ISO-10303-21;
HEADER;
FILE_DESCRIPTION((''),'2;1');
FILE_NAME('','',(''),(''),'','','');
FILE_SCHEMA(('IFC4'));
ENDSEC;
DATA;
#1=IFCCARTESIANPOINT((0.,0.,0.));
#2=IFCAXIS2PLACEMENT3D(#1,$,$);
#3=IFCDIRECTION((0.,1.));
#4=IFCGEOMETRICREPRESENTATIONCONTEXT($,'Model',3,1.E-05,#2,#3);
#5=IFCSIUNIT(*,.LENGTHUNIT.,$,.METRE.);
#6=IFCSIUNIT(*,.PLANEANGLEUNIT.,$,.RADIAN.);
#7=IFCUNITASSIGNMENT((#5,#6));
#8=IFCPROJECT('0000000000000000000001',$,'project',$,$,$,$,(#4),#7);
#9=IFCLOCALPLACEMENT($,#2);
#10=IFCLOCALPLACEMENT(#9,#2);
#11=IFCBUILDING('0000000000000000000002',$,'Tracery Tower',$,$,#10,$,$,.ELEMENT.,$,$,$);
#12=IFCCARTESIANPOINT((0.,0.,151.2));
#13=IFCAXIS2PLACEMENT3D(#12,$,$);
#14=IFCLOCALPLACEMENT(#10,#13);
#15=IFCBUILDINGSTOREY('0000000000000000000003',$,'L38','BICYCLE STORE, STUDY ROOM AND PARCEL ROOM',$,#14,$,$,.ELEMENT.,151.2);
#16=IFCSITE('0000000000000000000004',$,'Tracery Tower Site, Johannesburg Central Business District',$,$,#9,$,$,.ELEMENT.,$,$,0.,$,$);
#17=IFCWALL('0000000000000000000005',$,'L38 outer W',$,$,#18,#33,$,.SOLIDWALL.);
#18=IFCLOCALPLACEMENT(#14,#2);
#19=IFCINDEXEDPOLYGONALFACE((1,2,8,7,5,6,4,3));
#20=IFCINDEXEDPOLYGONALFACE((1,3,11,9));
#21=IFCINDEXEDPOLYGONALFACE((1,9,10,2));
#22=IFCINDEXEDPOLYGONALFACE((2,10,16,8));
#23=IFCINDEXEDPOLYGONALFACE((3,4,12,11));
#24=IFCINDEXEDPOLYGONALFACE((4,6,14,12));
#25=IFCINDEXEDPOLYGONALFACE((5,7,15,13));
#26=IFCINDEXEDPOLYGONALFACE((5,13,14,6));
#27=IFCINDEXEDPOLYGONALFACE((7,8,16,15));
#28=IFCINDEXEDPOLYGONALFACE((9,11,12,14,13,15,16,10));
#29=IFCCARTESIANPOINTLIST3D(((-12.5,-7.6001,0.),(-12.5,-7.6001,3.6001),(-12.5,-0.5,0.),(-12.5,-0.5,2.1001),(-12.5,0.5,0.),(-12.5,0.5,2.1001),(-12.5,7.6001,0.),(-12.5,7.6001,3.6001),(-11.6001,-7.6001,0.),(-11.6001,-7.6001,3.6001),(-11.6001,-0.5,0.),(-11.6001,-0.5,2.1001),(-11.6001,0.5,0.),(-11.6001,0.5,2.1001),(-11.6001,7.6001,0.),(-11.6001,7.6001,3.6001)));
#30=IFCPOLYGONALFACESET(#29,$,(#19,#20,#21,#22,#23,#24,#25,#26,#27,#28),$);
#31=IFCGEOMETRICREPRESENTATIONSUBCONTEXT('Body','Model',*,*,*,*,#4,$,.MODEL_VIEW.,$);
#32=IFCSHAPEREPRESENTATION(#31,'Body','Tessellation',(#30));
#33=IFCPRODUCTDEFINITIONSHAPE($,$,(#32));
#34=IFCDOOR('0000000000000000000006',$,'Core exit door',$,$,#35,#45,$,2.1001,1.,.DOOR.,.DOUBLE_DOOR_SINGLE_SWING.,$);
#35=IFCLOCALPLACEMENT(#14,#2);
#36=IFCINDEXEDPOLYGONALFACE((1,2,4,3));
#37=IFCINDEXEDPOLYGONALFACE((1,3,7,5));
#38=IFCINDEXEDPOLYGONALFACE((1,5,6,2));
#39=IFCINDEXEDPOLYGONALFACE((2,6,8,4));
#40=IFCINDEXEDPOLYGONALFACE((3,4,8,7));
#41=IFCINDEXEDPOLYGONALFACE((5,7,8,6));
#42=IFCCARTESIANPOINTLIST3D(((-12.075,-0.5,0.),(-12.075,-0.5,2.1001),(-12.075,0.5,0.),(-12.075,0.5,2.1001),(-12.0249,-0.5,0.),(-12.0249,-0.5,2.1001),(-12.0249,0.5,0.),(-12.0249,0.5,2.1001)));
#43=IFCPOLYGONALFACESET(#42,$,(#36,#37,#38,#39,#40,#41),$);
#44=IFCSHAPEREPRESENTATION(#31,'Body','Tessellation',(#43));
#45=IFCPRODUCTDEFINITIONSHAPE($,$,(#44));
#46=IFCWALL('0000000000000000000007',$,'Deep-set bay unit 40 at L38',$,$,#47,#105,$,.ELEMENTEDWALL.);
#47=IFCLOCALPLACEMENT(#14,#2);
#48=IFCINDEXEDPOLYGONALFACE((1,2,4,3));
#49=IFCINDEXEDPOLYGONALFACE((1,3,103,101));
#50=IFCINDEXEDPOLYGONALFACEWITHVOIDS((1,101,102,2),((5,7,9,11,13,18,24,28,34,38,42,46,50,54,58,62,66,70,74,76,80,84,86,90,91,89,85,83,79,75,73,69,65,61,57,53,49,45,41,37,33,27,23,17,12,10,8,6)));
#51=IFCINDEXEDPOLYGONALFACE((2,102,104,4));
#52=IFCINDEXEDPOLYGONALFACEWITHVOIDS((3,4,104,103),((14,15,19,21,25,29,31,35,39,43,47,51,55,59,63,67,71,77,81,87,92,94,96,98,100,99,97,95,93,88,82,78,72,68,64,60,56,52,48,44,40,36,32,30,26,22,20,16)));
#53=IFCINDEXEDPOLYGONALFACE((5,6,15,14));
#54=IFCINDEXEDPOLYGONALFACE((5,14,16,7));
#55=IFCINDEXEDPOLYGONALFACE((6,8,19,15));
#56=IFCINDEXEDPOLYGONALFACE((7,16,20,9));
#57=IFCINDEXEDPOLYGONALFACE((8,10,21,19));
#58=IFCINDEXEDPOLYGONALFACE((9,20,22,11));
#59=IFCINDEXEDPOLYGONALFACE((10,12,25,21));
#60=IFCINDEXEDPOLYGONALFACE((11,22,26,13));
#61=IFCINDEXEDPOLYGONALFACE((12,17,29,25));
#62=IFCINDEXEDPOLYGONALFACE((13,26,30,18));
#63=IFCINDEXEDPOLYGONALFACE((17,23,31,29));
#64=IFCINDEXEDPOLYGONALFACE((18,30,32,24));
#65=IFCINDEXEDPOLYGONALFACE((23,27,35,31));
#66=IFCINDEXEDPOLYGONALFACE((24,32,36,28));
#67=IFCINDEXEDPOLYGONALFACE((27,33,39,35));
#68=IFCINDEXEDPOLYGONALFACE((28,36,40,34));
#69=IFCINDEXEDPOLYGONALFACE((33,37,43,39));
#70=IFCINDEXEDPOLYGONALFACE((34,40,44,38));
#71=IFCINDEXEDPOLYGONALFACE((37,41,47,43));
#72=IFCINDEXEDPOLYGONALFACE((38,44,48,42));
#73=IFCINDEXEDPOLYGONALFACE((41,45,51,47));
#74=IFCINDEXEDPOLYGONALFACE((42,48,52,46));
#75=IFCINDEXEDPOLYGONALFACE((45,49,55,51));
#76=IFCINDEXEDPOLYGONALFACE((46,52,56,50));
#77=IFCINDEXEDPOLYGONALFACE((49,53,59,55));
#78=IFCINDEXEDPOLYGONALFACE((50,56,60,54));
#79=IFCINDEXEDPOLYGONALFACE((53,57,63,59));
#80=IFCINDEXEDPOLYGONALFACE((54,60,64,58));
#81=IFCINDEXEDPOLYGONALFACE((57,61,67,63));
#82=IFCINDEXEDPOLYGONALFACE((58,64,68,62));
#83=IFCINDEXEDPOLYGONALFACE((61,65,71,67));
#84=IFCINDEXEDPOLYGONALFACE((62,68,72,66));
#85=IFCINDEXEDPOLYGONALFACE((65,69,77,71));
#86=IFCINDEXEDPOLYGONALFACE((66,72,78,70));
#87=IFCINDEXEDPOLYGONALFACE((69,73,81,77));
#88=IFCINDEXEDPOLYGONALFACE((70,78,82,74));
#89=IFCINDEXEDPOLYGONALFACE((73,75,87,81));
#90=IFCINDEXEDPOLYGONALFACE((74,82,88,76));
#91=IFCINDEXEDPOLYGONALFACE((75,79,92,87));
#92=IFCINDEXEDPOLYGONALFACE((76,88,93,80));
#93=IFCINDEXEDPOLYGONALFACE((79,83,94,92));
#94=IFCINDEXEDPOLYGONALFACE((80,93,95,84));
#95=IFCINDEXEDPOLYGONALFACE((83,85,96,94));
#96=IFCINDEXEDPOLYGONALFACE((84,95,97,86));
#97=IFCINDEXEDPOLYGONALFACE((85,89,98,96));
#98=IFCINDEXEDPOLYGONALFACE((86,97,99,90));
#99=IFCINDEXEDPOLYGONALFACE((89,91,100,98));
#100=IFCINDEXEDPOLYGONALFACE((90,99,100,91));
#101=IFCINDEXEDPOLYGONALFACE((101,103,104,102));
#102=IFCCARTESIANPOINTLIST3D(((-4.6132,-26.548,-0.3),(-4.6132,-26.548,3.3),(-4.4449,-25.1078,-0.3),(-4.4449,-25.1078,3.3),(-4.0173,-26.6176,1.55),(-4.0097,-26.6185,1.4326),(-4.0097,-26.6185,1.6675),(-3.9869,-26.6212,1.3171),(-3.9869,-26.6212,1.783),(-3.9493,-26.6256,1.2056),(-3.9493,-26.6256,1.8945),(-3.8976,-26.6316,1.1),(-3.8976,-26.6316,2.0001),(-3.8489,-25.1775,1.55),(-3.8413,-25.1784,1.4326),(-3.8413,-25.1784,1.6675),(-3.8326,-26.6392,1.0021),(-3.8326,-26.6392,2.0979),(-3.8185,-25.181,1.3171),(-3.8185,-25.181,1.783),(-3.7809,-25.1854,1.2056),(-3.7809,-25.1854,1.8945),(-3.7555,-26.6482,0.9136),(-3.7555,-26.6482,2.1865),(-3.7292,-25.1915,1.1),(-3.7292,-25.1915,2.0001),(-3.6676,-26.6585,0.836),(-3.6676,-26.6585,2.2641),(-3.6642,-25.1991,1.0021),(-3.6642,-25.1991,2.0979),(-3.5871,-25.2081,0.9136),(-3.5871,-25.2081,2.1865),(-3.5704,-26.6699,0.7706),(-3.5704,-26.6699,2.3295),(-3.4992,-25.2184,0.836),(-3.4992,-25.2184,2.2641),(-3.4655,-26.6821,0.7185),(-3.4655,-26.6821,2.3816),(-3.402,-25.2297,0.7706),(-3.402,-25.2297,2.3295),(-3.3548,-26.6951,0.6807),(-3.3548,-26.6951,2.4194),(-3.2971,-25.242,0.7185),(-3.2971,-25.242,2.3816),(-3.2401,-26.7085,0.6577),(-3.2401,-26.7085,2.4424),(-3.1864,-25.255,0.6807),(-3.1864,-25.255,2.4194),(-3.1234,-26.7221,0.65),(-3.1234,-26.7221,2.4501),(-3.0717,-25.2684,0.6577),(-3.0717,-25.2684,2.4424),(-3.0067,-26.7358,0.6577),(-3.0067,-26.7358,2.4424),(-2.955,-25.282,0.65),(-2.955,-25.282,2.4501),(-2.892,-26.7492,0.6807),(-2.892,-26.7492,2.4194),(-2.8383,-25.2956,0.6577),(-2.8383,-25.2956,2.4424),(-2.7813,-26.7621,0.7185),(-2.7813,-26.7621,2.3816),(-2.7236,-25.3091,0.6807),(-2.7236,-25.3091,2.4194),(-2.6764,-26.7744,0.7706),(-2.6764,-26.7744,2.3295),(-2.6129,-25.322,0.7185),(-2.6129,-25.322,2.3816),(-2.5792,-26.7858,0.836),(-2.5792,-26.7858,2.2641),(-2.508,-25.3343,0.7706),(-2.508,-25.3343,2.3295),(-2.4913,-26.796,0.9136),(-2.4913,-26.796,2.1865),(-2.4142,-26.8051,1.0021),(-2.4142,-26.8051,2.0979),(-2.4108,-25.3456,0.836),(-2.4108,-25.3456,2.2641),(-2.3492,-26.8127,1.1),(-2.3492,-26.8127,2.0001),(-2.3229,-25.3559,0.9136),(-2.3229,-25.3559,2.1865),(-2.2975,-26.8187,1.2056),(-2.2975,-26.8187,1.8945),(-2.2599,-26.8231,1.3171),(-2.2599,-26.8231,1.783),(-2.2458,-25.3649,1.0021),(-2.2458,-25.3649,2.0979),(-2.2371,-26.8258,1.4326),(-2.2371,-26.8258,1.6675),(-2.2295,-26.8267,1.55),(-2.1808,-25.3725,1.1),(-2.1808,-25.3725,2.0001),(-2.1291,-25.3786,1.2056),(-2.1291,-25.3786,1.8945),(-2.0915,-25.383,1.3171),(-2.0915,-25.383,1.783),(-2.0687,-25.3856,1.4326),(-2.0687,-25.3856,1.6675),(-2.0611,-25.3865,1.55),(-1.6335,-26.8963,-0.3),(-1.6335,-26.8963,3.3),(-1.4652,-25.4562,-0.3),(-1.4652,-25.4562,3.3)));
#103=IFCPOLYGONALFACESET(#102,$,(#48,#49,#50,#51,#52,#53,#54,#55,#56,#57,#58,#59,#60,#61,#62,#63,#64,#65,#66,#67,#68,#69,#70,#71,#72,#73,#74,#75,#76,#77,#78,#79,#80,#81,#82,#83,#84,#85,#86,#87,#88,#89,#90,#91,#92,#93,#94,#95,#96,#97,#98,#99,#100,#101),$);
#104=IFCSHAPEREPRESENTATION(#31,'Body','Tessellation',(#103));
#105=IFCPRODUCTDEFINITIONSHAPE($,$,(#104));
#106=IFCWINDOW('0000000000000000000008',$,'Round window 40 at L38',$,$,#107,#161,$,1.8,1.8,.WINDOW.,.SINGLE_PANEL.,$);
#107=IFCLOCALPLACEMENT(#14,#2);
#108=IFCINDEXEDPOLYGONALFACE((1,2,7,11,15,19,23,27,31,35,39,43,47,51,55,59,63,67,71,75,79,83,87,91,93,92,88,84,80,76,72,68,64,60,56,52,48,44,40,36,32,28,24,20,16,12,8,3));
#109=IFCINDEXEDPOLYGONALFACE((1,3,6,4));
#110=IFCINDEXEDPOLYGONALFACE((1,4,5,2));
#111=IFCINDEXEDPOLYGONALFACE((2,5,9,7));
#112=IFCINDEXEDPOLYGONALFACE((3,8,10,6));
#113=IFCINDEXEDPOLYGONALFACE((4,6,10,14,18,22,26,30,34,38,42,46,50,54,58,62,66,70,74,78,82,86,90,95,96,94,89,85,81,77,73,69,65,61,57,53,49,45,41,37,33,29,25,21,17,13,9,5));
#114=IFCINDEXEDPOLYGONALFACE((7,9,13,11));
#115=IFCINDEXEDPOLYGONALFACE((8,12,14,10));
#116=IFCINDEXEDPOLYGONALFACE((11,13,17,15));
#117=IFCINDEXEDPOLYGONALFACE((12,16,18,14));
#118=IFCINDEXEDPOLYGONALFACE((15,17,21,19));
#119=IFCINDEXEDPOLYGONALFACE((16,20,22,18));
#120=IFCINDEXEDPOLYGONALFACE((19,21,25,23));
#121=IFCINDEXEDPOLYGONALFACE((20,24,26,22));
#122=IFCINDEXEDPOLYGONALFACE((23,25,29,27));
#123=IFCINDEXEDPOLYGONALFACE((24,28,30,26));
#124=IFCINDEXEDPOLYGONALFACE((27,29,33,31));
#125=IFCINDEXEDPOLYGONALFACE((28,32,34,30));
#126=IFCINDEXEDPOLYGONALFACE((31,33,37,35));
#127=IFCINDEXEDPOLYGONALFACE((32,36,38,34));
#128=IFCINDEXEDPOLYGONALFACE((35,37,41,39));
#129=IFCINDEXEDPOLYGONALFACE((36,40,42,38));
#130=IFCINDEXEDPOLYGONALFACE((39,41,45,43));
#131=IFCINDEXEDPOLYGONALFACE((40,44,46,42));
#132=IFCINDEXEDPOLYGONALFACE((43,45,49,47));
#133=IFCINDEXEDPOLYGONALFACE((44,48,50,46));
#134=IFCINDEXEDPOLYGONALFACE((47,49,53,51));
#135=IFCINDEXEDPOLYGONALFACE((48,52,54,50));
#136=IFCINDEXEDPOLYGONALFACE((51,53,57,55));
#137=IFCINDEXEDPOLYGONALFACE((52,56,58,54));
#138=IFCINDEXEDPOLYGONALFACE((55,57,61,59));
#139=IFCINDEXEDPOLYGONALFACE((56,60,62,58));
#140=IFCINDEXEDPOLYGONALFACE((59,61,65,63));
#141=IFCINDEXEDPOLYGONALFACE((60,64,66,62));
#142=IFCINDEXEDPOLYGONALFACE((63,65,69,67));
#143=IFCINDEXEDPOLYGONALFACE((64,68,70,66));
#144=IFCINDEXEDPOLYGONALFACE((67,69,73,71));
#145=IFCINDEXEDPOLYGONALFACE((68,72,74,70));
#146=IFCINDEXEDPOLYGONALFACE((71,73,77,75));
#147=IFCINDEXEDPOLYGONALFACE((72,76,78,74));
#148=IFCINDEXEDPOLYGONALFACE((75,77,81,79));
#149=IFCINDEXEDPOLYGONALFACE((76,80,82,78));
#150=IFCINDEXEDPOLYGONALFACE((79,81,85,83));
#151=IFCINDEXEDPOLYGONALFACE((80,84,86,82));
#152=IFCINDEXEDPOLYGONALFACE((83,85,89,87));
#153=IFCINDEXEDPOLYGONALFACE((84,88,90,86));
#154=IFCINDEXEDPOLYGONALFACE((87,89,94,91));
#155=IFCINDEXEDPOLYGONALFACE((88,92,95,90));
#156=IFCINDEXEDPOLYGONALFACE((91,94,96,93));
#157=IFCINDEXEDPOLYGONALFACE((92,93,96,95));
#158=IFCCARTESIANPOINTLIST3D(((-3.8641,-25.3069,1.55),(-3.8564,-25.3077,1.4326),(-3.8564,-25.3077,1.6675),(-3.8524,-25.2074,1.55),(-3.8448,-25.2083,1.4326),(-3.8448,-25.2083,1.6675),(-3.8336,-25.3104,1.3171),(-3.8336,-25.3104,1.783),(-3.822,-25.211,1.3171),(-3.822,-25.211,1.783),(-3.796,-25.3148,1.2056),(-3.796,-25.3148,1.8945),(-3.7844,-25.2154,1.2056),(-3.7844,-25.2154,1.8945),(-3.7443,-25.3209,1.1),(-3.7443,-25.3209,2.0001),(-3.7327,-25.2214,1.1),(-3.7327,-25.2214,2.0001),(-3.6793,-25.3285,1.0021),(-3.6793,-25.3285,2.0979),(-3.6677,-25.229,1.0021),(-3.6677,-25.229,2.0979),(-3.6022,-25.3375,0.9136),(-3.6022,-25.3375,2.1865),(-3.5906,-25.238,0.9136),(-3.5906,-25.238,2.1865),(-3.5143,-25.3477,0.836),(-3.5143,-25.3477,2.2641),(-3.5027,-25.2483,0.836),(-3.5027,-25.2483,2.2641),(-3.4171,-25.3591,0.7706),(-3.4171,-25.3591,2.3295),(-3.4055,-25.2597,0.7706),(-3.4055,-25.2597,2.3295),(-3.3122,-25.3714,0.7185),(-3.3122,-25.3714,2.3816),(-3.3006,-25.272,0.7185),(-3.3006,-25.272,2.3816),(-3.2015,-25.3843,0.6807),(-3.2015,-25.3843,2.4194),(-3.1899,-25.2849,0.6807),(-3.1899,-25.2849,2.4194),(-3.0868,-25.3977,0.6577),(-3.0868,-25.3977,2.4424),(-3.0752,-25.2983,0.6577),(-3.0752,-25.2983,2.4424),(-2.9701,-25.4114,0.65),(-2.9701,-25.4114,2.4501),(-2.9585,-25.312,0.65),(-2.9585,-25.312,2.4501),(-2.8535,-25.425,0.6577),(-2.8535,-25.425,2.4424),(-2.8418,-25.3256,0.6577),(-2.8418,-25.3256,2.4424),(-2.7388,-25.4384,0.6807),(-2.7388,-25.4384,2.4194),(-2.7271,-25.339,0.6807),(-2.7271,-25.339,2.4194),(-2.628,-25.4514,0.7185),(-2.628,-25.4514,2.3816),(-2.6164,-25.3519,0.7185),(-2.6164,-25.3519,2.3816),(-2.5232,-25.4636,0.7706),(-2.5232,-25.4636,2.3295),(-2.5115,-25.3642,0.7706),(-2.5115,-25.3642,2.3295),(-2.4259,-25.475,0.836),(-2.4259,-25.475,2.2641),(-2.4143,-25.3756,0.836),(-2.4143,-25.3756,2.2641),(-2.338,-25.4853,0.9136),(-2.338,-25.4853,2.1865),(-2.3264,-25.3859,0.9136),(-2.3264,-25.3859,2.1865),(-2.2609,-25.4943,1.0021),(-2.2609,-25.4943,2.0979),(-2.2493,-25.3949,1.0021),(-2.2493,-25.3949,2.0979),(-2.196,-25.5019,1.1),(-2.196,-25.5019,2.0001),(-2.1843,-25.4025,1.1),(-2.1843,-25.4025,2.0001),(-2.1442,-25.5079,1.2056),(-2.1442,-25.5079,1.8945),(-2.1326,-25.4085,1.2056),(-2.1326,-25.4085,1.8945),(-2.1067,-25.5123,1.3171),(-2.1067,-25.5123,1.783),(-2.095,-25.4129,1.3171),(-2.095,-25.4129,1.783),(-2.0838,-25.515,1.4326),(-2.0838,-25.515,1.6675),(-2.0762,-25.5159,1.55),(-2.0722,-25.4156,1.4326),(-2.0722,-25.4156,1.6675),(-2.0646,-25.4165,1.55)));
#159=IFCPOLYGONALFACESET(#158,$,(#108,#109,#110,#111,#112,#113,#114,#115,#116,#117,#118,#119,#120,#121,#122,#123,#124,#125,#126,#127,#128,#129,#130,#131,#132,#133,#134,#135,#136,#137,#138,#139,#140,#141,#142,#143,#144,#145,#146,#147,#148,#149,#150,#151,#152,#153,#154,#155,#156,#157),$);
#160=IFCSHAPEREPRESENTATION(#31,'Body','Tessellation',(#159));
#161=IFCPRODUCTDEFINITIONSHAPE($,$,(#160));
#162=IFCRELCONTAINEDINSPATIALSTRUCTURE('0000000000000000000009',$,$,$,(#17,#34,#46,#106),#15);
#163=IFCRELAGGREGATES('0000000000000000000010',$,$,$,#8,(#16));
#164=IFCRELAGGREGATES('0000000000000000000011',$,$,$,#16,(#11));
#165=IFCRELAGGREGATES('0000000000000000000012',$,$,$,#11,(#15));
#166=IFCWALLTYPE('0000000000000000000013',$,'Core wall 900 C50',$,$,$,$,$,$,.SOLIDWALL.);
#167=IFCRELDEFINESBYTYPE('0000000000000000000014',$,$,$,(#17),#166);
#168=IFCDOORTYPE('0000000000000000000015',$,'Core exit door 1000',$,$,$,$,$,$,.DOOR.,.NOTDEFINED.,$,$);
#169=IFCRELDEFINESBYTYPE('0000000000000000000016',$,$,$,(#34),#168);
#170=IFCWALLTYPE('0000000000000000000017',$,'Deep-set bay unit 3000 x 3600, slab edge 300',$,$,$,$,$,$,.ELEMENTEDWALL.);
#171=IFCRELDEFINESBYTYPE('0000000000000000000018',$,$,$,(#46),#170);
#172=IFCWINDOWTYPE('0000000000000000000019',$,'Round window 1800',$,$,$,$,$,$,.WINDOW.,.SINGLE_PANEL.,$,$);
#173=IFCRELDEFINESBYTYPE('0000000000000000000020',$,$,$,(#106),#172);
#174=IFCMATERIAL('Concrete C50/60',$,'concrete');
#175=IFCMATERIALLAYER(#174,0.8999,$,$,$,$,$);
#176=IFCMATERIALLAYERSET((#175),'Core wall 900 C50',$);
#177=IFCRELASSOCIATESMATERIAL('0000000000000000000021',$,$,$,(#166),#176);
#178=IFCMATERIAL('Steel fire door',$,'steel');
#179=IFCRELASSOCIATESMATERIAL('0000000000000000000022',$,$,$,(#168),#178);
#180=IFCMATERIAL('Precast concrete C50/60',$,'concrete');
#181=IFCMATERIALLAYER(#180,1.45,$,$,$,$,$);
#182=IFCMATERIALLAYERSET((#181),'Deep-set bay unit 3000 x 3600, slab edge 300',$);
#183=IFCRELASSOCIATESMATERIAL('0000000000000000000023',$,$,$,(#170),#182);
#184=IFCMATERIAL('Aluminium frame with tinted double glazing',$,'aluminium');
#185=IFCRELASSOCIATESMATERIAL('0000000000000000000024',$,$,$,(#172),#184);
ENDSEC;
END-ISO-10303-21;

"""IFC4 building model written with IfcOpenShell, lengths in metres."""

from ifc_helpers import new_model, si_unit, direction, frame, frame_2d, origin, origin_2d, place, context, subcontext, project, spatial, rectangle, circle, extrude, material, layer, layer_set, type_object, element, fill, save


model = new_model("IFC4")

# Units and contexts
model_context = context("Model", 3, precision=1e-05, world=origin(), true_north=direction((0.0, 1.0)))
body_context = subcontext(model_context, "Body", "Model", "MODEL_VIEW")
ifc_project = project(units=[si_unit("LENGTHUNIT", "METRE"), si_unit("PLANEANGLEUNIT", "RADIAN")], contexts=[model_context])

# Site, building, storey
site_placement = place(None, origin())
site = spatial("IfcSite", under=ifc_project, at=site_placement, Name="Tracery Tower Site, Johannesburg Central Business District", CompositionType="ELEMENT", RefElevation=0.0)
building_placement = place(site_placement, origin())
building = spatial("IfcBuilding", under=site, at=building_placement, Name="Tracery Tower", CompositionType="ELEMENT")
storey_placement = place(building_placement, frame((0.0, 0.0, 151.2)))
storey = spatial("IfcBuildingStorey", under=building, at=storey_placement, Name="L38", Description="BICYCLE STORE, STUDY ROOM AND PARCEL ROOM", CompositionType="ELEMENT", Elevation=151.2)

# Wall, opening, door
ifc_material_1 = material(Name="Concrete C50/60", Category="concrete")
ifc_layer_1 = layer(ifc_material_1, 0.8999)
ifc_layer_set_1 = layer_set([ifc_layer_1], Name="Core wall 900 C50")
wall_type_1 = type_object("IfcWallType", Name="Core wall 900 C50", PredefinedType="SOLIDWALL", material=ifc_layer_set_1)
wall_1_placement = place(storey_placement, frame((-12.05, -7.6001, 0.0), z_axis=(0.0, 0.0, 1.0), x_axis=(0.0, 1.0, 0.0)))
wall_1 = element("IfcWall", 1, at=wall_1_placement, inside=storey, type_object=wall_type_1, Name="L38 outer W", PredefinedType="SOLIDWALL", context=body_context, shape_type="SweptSolid", body=[
    extrude(rectangle(XDim=15.2002, YDim=0.8999, at=frame_2d((7.6001, 0.0))), origin(), (0.0, 0.0, 1.0), 3.6001),
])
opening_1_placement = place(wall_1_placement, frame((7.1001, 0.0, 0.0)))
opening_1 = element("IfcOpeningElement", 2, at=opening_1_placement, cuts=wall_1, PredefinedType="OPENING", context=body_context, shape_type="SweptSolid", body=[
    extrude(rectangle(XDim=1.0, YDim=2.1001, at=frame_2d((0.5, 1.05))), frame((0.0, 0.45, 0.0), z_axis=(0.0, -1.0, 0.0), x_axis=(1.0, 0.0, 0.0)), (0.0, 0.0, 1.0), 0.8999),
])
ifc_material_2 = material(Name="Steel fire door", Category="steel")
door_type_1 = type_object("IfcDoorType", Name="Core exit door 1000", OperationType="NOTDEFINED", PredefinedType="DOOR", material=ifc_material_2)
door_1_placement = place(opening_1_placement, origin())
door_1 = element("IfcDoor", 3, at=door_1_placement, inside=storey, type_object=door_type_1, Name="Core exit door", OperationType="DOUBLE_DOOR_SINGLE_SWING", OverallHeight=2.1001, OverallWidth=1.0, PredefinedType="DOOR", context=body_context, shape_type="SweptSolid", body=[
    extrude(rectangle(XDim=1.0, YDim=2.1001, at=frame_2d((0.5, 1.05))), frame((0.0, 0.0249, 0.0), z_axis=(0.0, -1.0, 0.0), x_axis=(1.0, 0.0, 0.0)), (0.0, 0.0, 1.0), 0.05),
])
fill(opening_1, door_1)

# Wall, opening, window
ifc_material_3 = material(Name="Precast concrete C50/60", Category="concrete")
ifc_layer_2 = layer(ifc_material_3, 1.45)
ifc_layer_set_2 = layer_set([ifc_layer_2], Name="Deep-set bay unit 3000 x 3600, slab edge 300")
wall_type_2 = type_object("IfcWallType", Name="Deep-set bay unit 3000 x 3600, slab edge 300", PredefinedType="ELEMENTEDWALL", material=ifc_layer_set_2)
wall_2_placement = place(storey_placement, frame((-4.5291, -25.8279, -0.3), z_axis=(0.0, 0.0, 1.0), x_axis=(0.993234, -0.116128, 0.0)))
wall_2 = element("IfcWall", 4, at=wall_2_placement, inside=storey, type_object=wall_type_2, Name="Deep-set bay unit 40 at L38", PredefinedType="ELEMENTEDWALL", context=body_context, shape_type="SweptSolid", body=[
    extrude(rectangle(XDim=3.0, YDim=1.45, at=frame_2d((1.5, 0.0))), origin(), (0.0, 0.0, 1.0), 3.6001),
])
opening_2_placement = place(wall_2_placement, frame((1.5, 0.0, 1.8501)))
opening_2 = element("IfcOpeningElement", 5, at=opening_2_placement, cuts=wall_2, PredefinedType="OPENING", context=body_context, shape_type="SweptSolid", body=[
    extrude(circle(Radius=0.9, at=origin_2d()), frame((0.0, 0.7349, 0.0), z_axis=(0.0, -1.0, 0.0), x_axis=(1.0, 0.0, 0.0)), (0.0, 0.0, 1.0), 1.47),
])
ifc_material_4 = material(Name="Aluminium frame with tinted double glazing", Category="aluminium")
window_type = type_object("IfcWindowType", Name="Round window 1800", PartitioningType="SINGLE_PANEL", PredefinedType="WINDOW", material=ifc_material_4)
window_1_placement = place(opening_2_placement, origin())
window_1 = element("IfcWindow", 6, at=window_1_placement, inside=storey, type_object=window_type, Name="Round window 40 at L38", OverallHeight=1.8, OverallWidth=1.8, PartitioningType="SINGLE_PANEL", PredefinedType="WINDOW", context=body_context, shape_type="SweptSolid", body=[
    extrude(circle(Radius=0.9, at=origin_2d()), frame((0.0, 0.6948, 0.0), z_axis=(0.0, -1.0, 0.0), x_axis=(1.0, 0.0, 0.0)), (0.0, 0.0, 1.0), 0.1001),
])
fill(opening_2, window_1)

save(model, "model.ifc")
